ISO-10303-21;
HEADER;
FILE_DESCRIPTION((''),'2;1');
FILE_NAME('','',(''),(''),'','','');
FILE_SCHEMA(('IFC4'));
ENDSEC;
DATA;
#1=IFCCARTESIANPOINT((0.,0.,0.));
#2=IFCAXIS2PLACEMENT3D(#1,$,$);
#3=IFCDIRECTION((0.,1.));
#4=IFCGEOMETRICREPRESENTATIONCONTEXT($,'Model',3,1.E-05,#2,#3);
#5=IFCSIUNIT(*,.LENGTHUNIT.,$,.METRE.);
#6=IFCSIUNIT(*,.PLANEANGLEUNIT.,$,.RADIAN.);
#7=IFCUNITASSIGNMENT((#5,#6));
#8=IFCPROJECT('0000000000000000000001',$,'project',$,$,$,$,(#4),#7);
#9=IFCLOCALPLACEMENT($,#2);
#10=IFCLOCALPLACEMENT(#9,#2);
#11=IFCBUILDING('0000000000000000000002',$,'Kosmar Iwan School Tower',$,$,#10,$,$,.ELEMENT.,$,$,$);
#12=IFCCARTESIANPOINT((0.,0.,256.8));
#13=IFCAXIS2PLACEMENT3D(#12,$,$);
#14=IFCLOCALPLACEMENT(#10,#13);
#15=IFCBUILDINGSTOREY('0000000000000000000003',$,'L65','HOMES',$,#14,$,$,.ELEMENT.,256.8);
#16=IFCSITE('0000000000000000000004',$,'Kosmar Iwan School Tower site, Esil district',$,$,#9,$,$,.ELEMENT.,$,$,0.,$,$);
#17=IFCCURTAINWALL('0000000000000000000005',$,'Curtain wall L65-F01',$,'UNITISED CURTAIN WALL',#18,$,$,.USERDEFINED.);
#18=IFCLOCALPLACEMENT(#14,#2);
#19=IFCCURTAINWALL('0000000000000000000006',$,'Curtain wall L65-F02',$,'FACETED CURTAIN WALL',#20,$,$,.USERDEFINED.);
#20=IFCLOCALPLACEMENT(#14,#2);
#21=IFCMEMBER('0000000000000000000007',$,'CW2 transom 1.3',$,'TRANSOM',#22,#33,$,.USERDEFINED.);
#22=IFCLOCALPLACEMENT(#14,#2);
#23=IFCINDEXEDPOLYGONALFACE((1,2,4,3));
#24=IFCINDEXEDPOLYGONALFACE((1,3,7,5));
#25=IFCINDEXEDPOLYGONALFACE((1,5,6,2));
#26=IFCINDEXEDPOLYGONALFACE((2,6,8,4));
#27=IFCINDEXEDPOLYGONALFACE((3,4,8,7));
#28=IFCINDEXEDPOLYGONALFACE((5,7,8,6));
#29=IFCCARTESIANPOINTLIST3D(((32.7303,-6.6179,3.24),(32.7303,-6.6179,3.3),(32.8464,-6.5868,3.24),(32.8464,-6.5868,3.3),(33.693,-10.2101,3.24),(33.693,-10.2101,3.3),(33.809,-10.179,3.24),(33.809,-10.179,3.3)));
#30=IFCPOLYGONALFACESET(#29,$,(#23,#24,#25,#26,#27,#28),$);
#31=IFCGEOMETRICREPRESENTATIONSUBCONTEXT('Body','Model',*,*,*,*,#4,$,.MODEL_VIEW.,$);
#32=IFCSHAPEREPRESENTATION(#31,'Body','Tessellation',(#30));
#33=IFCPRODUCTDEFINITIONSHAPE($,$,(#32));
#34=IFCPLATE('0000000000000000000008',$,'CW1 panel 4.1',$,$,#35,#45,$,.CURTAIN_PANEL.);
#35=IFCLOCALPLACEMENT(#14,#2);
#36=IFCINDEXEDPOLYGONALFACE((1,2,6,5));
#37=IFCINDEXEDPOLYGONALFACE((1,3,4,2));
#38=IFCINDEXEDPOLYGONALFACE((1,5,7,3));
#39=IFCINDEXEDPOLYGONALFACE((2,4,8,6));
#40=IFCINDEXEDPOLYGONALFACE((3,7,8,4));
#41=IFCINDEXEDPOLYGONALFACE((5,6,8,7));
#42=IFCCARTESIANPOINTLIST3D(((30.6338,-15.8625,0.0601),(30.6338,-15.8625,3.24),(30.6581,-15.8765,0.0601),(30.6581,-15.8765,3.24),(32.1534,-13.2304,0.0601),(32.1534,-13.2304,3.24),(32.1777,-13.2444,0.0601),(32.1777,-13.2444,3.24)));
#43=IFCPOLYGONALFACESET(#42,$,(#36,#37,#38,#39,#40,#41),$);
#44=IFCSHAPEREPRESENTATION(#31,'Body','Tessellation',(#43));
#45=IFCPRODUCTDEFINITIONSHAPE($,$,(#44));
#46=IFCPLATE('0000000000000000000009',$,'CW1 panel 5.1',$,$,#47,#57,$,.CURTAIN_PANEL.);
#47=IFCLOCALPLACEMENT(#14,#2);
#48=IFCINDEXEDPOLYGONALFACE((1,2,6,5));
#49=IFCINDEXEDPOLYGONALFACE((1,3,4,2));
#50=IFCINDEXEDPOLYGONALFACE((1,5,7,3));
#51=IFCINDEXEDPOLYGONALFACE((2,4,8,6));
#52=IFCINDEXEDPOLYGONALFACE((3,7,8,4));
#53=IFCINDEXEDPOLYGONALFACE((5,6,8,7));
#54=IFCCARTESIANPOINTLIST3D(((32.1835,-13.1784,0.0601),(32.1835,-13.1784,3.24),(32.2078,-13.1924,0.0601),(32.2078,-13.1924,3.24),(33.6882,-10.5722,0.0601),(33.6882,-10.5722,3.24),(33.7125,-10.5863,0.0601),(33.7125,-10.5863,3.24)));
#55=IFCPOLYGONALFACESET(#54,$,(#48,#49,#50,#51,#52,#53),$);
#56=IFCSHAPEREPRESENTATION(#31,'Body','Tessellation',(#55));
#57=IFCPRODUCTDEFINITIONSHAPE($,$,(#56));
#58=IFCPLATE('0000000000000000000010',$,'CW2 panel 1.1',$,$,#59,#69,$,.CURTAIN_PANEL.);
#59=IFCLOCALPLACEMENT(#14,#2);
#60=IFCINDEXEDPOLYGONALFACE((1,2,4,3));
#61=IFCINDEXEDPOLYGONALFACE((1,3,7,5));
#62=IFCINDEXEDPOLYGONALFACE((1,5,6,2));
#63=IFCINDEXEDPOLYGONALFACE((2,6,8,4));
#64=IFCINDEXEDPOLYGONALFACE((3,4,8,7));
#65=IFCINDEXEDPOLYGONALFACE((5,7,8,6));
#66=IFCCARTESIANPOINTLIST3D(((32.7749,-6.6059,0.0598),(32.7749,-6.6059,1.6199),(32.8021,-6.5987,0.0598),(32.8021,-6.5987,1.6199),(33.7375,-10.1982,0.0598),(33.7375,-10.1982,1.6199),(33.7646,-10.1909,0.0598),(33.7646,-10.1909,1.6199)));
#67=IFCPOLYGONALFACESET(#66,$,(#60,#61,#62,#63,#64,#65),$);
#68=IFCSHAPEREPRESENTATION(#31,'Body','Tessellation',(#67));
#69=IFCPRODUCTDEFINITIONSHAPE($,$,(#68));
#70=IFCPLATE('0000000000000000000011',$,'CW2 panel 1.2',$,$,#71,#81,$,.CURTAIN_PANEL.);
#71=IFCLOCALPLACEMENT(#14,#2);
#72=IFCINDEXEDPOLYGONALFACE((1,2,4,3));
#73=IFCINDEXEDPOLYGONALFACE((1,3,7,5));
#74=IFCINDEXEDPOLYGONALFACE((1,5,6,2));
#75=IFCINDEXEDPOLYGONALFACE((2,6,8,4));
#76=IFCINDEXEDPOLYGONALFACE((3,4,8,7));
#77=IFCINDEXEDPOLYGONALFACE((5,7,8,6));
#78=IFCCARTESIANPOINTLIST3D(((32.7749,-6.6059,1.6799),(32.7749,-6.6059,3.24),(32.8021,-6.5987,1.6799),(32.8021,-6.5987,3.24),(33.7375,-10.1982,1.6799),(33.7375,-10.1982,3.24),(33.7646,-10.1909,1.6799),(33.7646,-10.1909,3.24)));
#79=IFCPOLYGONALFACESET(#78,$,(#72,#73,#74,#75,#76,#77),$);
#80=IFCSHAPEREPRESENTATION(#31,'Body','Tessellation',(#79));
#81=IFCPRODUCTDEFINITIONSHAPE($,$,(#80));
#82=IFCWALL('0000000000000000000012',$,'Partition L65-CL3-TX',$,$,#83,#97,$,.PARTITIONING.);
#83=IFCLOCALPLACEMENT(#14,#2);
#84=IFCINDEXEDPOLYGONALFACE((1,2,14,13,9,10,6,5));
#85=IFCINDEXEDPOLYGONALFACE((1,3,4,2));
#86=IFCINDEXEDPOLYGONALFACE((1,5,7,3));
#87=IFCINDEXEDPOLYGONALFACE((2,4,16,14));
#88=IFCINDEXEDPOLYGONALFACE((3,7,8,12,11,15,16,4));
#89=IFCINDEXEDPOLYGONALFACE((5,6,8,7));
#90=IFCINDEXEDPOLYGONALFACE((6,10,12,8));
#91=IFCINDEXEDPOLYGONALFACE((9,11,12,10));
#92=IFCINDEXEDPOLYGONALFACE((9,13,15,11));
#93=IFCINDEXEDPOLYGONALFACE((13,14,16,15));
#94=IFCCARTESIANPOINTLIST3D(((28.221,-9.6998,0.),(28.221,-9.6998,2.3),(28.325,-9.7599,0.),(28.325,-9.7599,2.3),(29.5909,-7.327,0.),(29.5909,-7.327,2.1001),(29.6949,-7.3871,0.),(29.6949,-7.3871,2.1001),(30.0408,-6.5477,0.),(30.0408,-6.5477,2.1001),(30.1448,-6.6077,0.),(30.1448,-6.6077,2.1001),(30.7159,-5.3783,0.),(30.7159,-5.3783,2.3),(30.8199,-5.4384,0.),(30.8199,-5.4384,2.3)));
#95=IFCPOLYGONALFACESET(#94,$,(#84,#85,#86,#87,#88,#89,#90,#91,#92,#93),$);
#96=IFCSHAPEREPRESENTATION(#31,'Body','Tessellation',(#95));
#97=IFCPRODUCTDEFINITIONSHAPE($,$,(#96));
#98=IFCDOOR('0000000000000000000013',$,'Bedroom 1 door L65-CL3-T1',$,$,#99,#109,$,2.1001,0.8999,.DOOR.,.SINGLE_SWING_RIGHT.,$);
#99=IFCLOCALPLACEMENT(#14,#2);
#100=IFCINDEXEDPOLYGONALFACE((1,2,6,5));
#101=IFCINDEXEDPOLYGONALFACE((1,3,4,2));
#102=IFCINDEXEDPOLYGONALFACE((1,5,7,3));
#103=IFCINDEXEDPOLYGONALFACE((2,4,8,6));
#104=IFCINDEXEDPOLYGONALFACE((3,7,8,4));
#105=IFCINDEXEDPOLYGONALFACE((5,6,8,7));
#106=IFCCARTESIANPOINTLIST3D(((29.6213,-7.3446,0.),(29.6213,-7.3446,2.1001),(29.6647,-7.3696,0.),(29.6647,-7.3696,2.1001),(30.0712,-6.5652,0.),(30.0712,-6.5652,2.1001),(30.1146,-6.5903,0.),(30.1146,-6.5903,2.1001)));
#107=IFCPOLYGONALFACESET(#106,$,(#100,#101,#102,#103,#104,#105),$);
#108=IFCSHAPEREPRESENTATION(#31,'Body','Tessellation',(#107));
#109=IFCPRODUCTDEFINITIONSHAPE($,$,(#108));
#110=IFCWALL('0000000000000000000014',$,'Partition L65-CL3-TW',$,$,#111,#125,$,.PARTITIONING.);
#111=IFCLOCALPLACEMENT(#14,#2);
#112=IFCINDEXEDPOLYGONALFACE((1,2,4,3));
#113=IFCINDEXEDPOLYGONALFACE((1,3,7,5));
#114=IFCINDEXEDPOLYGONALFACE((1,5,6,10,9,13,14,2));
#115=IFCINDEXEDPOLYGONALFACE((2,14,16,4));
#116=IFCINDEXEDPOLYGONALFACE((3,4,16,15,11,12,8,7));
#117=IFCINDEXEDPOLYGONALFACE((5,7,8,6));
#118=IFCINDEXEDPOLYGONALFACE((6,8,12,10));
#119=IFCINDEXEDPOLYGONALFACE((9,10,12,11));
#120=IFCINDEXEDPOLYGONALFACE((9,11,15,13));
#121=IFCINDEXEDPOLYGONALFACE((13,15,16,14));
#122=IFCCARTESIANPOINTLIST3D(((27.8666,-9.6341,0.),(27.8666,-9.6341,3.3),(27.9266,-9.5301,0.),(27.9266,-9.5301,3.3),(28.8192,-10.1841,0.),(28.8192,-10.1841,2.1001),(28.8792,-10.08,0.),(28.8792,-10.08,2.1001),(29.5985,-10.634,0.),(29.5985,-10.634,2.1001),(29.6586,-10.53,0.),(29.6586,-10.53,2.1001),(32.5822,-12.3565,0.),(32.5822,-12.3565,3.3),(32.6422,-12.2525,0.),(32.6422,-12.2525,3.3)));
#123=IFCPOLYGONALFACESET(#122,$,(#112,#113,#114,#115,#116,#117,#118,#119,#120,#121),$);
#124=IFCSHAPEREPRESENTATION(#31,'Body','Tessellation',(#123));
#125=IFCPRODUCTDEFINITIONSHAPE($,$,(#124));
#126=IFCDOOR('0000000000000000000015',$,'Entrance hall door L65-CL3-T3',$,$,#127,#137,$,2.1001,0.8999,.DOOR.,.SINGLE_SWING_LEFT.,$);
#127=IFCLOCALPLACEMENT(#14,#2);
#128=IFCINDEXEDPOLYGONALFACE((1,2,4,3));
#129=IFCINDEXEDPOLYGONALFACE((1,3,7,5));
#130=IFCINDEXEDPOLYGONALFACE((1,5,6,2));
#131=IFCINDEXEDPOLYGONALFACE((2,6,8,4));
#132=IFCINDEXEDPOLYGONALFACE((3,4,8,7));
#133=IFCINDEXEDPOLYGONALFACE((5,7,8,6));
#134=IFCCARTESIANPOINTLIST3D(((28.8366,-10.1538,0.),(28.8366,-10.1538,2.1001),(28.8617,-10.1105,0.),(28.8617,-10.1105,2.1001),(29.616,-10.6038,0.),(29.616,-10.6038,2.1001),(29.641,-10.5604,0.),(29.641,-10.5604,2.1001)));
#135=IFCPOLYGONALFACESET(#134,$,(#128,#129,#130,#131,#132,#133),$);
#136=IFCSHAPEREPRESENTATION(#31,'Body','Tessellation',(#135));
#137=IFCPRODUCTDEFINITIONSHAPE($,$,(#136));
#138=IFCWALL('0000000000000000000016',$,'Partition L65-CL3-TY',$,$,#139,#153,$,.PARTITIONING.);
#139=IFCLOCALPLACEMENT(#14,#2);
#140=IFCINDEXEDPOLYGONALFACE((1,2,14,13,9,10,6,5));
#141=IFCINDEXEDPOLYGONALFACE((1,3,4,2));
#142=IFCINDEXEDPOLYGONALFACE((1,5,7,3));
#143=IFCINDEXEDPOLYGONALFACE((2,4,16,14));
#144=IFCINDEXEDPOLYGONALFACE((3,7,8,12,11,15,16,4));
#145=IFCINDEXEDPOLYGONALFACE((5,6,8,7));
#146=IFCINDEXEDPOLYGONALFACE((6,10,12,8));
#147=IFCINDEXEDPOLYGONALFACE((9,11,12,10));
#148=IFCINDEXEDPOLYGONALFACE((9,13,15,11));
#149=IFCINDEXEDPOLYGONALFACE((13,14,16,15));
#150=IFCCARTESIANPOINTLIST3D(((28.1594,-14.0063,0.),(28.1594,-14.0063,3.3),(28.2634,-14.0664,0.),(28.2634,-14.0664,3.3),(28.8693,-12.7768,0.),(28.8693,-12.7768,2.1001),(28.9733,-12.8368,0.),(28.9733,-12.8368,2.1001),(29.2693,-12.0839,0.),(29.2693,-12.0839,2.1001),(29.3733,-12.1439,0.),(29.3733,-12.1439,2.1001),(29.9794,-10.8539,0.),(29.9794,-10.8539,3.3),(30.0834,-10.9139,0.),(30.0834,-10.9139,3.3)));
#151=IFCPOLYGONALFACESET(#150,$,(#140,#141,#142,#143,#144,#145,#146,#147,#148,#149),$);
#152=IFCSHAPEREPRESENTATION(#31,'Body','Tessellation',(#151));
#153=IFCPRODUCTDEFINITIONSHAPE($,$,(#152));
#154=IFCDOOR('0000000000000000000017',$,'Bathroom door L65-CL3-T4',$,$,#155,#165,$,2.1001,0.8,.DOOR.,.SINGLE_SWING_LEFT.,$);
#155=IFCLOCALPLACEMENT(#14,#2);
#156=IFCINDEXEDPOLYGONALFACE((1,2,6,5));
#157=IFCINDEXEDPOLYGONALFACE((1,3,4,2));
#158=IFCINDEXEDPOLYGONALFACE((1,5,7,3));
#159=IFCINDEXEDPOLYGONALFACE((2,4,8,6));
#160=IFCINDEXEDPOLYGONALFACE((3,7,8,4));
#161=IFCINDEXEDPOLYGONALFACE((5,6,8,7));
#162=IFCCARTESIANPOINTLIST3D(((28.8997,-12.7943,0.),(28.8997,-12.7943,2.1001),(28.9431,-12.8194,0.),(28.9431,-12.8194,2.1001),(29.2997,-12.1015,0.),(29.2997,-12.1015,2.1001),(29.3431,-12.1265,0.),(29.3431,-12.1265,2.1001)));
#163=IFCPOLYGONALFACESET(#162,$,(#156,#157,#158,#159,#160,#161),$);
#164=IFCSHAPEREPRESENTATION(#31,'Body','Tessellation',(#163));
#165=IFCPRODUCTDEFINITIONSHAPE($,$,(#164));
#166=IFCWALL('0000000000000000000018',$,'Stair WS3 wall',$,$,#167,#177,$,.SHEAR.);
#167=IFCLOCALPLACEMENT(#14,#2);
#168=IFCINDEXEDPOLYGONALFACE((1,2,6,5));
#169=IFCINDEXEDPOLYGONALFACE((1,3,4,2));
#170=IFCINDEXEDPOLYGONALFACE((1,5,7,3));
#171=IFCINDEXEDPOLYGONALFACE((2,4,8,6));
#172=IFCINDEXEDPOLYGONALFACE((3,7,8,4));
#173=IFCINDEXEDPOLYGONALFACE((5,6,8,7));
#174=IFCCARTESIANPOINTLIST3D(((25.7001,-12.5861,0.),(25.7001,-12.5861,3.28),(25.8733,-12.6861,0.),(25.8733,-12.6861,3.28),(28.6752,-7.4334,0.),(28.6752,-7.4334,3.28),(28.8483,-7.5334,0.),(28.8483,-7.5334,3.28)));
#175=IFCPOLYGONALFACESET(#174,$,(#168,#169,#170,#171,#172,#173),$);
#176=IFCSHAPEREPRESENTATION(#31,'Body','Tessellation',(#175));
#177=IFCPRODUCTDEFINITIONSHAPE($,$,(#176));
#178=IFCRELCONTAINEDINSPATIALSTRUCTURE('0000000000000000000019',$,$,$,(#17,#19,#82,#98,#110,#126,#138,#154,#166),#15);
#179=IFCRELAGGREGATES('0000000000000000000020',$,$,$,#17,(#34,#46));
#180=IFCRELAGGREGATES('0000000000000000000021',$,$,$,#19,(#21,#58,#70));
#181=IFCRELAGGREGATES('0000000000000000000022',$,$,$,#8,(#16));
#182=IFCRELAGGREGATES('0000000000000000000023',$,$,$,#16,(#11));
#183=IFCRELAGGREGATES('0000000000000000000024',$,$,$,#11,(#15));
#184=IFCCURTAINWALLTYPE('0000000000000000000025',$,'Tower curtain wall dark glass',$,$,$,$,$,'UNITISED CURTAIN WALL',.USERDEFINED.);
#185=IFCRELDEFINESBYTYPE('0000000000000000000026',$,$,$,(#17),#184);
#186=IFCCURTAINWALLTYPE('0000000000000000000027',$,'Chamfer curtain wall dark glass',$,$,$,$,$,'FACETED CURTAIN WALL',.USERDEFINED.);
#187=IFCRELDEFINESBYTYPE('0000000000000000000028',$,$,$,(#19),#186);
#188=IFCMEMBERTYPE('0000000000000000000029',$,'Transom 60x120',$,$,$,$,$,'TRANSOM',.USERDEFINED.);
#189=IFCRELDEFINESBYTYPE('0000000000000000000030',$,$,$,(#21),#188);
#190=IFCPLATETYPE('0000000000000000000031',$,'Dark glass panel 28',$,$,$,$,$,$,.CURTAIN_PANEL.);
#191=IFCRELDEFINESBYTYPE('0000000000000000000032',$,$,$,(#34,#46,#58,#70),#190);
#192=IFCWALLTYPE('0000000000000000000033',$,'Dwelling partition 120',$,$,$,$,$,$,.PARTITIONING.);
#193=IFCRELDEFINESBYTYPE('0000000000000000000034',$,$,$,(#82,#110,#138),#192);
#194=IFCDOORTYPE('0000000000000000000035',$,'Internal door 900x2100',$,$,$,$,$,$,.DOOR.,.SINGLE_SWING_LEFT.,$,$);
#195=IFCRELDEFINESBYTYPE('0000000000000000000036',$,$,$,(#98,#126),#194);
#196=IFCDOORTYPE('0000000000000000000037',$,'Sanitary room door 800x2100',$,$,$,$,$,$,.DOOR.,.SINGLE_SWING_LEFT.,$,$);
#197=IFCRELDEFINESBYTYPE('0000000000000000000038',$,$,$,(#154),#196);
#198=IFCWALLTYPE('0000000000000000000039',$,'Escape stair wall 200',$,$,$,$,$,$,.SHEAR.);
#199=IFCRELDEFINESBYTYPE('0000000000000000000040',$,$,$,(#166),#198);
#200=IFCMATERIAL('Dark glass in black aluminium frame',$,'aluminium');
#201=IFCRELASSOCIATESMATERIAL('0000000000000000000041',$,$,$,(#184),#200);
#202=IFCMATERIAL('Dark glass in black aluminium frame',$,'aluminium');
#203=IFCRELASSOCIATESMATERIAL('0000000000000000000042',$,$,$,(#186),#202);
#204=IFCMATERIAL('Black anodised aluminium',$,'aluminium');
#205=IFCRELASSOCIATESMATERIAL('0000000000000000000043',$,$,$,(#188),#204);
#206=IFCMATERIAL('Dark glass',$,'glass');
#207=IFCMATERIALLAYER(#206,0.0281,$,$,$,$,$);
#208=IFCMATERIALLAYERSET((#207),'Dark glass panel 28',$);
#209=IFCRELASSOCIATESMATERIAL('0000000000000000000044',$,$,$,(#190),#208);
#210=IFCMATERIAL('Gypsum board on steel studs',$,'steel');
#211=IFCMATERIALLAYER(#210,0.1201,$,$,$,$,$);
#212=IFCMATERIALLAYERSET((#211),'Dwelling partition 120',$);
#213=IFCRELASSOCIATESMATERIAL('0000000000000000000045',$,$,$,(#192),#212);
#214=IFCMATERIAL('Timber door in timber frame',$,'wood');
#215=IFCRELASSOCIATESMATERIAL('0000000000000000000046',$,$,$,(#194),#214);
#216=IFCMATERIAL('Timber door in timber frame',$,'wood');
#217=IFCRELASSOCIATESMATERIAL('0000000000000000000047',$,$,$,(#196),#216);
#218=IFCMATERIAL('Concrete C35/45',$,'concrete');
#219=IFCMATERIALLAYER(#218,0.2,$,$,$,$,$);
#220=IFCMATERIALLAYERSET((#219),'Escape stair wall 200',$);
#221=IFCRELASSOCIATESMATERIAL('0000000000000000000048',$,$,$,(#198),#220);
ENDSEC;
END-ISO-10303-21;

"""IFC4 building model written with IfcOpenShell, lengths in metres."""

from ifc_helpers import new_model, si_unit, direction, frame, frame_2d, origin, origin_2d, place, context, subcontext, project, spatial, rectangle, extrude, material, layer, layer_set, material_profile, profile_set, type_object, element, fill, aggregate, save


model = new_model("IFC4")

# Units and contexts
model_context = context("Model", 3, precision=1e-05, world=origin(), true_north=direction((0.0, 1.0)))
body_context = subcontext(model_context, "Body", "Model", "MODEL_VIEW")
ifc_project = project(units=[si_unit("LENGTHUNIT", "METRE"), si_unit("PLANEANGLEUNIT", "RADIAN")], contexts=[model_context])

# Site, building, storey
site_placement = place(None, origin())
site = spatial("IfcSite", under=ifc_project, at=site_placement, Name="Kosmar Iwan School Tower site, Esil district", CompositionType="ELEMENT", RefElevation=0.0)
building_placement = place(site_placement, origin())
building = spatial("IfcBuilding", under=site, at=building_placement, Name="Kosmar Iwan School Tower", CompositionType="ELEMENT")
storey_placement = place(building_placement, frame((0.0, 0.0, 256.8)))
storey = spatial("IfcBuildingStorey", under=building, at=storey_placement, Name="L65", Description="HOMES", CompositionType="ELEMENT", Elevation=256.8)

# Curtain wall
ifc_material_1 = material(Name="Dark glass in black aluminium frame", Category="aluminium")
curtain_wall_type_1 = type_object("IfcCurtainWallType", Name="Tower curtain wall dark glass", ElementType="UNITISED CURTAIN WALL", PredefinedType="USERDEFINED", material=ifc_material_1)
curtain_wall_1_placement = place(storey_placement, origin())
curtain_wall_1 = element("IfcCurtainWall", 1, at=curtain_wall_1_placement, inside=storey, type_object=curtain_wall_type_1, Name="Curtain wall L65-F01", ObjectType="UNITISED CURTAIN WALL", PredefinedType="USERDEFINED")

# Curtain wall
ifc_material_2 = material(Name="Dark glass in black aluminium frame", Category="aluminium")
curtain_wall_type_2 = type_object("IfcCurtainWallType", Name="Chamfer curtain wall dark glass", ElementType="FACETED CURTAIN WALL", PredefinedType="USERDEFINED", material=ifc_material_2)
curtain_wall_2_placement = place(storey_placement, origin())
curtain_wall_2 = element("IfcCurtainWall", 2, at=curtain_wall_2_placement, inside=storey, type_object=curtain_wall_type_2, Name="Curtain wall L65-F02", ObjectType="FACETED CURTAIN WALL", PredefinedType="USERDEFINED")

# Member
ifc_material_3 = material(Name="Black anodised aluminium", Category="aluminium")
ifc_material_profile_1 = material_profile(ifc_material_3, rectangle(XDim=0.1201, YDim=0.0601, at=origin_2d()), Name="TRANSOM 60x120")
ifc_profile_set_1 = profile_set([ifc_material_profile_1], Name="Black anodised aluminium")
member_type_1 = type_object("IfcMemberType", Name="Transom 60x120", ElementType="TRANSOM", PredefinedType="USERDEFINED", material=ifc_profile_set_1)
member_1_placement = place(storey_placement, frame((33.751, -10.1946, 3.27), z_axis=(-0.258843, 0.965919, 0.0), x_axis=(-0.965919, -0.258843, 0.0)))
member_1 = element("IfcMember", 3, at=member_1_placement, type_object=member_type_1, Name="CW2 transom 1.3", ObjectType="TRANSOM", PredefinedType="USERDEFINED", context=body_context, shape_type="SweptSolid", body=[
    extrude(rectangle(XDim=0.1201, YDim=0.0601, at=origin_2d()), origin(), (0.0, 0.0, 1.0), 3.719),
])

# Plates
ifc_material_4 = material(Name="Dark glass", Category="glass")
ifc_layer_1 = layer(ifc_material_4, 0.0281)
ifc_layer_set_1 = layer_set([ifc_layer_1], Name="Dark glass panel 28")
plate_type = type_object("IfcPlateType", Name="Dark glass panel 28", PredefinedType="CURTAIN_PANEL", material=ifc_layer_set_1)
plate_1_placement = place(storey_placement, frame((31.4058, -14.5535, 0.0601), z_axis=(0.0, 0.0, 1.0), x_axis=(0.5, 0.866025, 0.0)))
plate_1 = element("IfcPlate", 4, at=plate_1_placement, type_object=plate_type, Name="CW1 panel 4.1", PredefinedType="CURTAIN_PANEL", context=body_context, shape_type="SweptSolid", body=[
    extrude(rectangle(XDim=3.0393, YDim=0.0281, at=origin_2d()), origin(), (0.0, 0.0, 1.0), 3.1799),
])
plate_2_placement = place(storey_placement, frame((32.948, -11.8823, 0.0601), z_axis=(0.0, 0.0, 1.0), x_axis=(0.5, 0.866025, 0.0)))
plate_2 = element("IfcPlate", 5, at=plate_2_placement, type_object=plate_type, Name="CW1 panel 5.1", PredefinedType="CURTAIN_PANEL", context=body_context, shape_type="SweptSolid", body=[
    extrude(rectangle(XDim=3.0093, YDim=0.0281, at=origin_2d()), origin(), (0.0, 0.0, 1.0), 3.1799),
])
aggregate(curtain_wall_1, [plate_1, plate_2])
plate_3_placement = place(storey_placement, frame((33.2698, -8.3984, 0.0598), z_axis=(0.0, 0.0, 1.0), x_axis=(-0.258819, 0.965926, 0.0)))
plate_3 = element("IfcPlate", 6, at=plate_3_placement, type_object=plate_type, Name="CW2 panel 1.1", PredefinedType="CURTAIN_PANEL", context=body_context, shape_type="SweptSolid", body=[
    extrude(rectangle(XDim=3.719, YDim=0.0281, at=origin_2d()), origin(), (0.0, 0.0, 1.0), 1.5601),
])
plate_4_placement = place(storey_placement, frame((33.2698, -8.3984, 1.6799), z_axis=(0.0, 0.0, 1.0), x_axis=(-0.258819, 0.965926, 0.0)))
plate_4 = element("IfcPlate", 7, at=plate_4_placement, type_object=plate_type, Name="CW2 panel 1.2", PredefinedType="CURTAIN_PANEL", context=body_context, shape_type="SweptSolid", body=[
    extrude(rectangle(XDim=3.719, YDim=0.0281, at=origin_2d()), origin(), (0.0, 0.0, 1.0), 1.5601),
])
aggregate(curtain_wall_2, [member_1, plate_3, plate_4])

# Walls, openings, doors
ifc_material_5 = material(Name="Gypsum board on steel studs", Category="steel")
ifc_layer_2 = layer(ifc_material_5, 0.1201)
ifc_layer_set_2 = layer_set([ifc_layer_2], Name="Dwelling partition 120")
wall_type_1 = type_object("IfcWallType", Name="Dwelling partition 120", PredefinedType="PARTITIONING", material=ifc_layer_set_2)
wall_1_placement = place(storey_placement, frame((28.2729, -9.73, 0.0), z_axis=(0.0, 0.0, 1.0), x_axis=(0.499975, 0.86604, 0.0)))
wall_1 = element("IfcWall", 8, at=wall_1_placement, inside=storey, type_object=wall_type_1, Name="Partition L65-CL3-TX", PredefinedType="PARTITIONING", context=body_context, shape_type="SweptSolid", body=[
    extrude(rectangle(XDim=4.99, YDim=0.1201, at=frame_2d((2.4951, 0.0))), origin(), (0.0, 0.0, 1.0), 2.3),
])
opening_1_placement = place(wall_1_placement, frame((2.74, 0.0, 0.0)))
opening_1 = element("IfcOpeningElement", 9, at=opening_1_placement, cuts=wall_1, PredefinedType="OPENING", context=body_context, shape_type="SweptSolid", body=[
    extrude(rectangle(XDim=0.8999, YDim=2.1001, at=frame_2d((0.45, 1.05))), frame((0.0, 0.072, 0.0), z_axis=(0.0, -1.0, 0.0), x_axis=(1.0, 0.0, 0.0)), (0.0, 0.0, 1.0), 0.144),
])
ifc_material_6 = material(Name="Timber door in timber frame", Category="wood")
door_type_1 = type_object("IfcDoorType", Name="Internal door 900x2100", OperationType="SINGLE_SWING_LEFT", PredefinedType="DOOR", material=ifc_material_6)
door_1_placement = place(opening_1_placement, origin())
door_1 = element("IfcDoor", 10, at=door_1_placement, inside=storey, type_object=door_type_1, Name="Bedroom 1 door L65-CL3-T1", OperationType="SINGLE_SWING_RIGHT", OverallHeight=2.1001, OverallWidth=0.8999, PredefinedType="DOOR", context=body_context, shape_type="SweptSolid", body=[
    extrude(rectangle(XDim=0.8999, YDim=2.1001, at=frame_2d((0.45, 1.05))), frame((0.0, 0.0249, 0.0), z_axis=(0.0, -1.0, 0.0), x_axis=(1.0, 0.0, 0.0)), (0.0, 0.0, 1.0), 0.05),
])
fill(opening_1, door_1)
wall_2_placement = place(storey_placement, frame((27.8965, -9.582, 0.0), z_axis=(0.0, 0.0, 1.0), x_axis=(0.866036, -0.499982, 0.0)))
wall_2 = element("IfcWall", 11, at=wall_2_placement, inside=storey, type_object=wall_type_1, Name="Partition L65-CL3-TW", PredefinedType="PARTITIONING", context=body_context, shape_type="SweptSolid", body=[
    extrude(rectangle(XDim=5.4451, YDim=0.1201, at=frame_2d((2.7227, 0.0))), origin(), (0.0, 0.0, 1.0), 3.3),
])
opening_2_placement = place(wall_2_placement, frame((1.1001, 0.0, 0.0)))
opening_2 = element("IfcOpeningElement", 12, at=opening_2_placement, cuts=wall_2, PredefinedType="OPENING", context=body_context, shape_type="SweptSolid", body=[
    extrude(rectangle(XDim=0.8999, YDim=2.1001, at=frame_2d((0.45, 1.05))), frame((0.0, 0.072, 0.0), z_axis=(0.0, -1.0, 0.0), x_axis=(1.0, 0.0, 0.0)), (0.0, 0.0, 1.0), 0.144),
])
door_2_placement = place(opening_2_placement, origin())
door_2 = element("IfcDoor", 13, at=door_2_placement, inside=storey, type_object=door_type_1, Name="Entrance hall door L65-CL3-T3", OperationType="SINGLE_SWING_LEFT", OverallHeight=2.1001, OverallWidth=0.8999, PredefinedType="DOOR", context=body_context, shape_type="SweptSolid", body=[
    extrude(rectangle(XDim=0.8999, YDim=2.1001, at=frame_2d((0.45, 1.05))), frame((0.0, 0.0249, 0.0), z_axis=(0.0, -1.0, 0.0), x_axis=(1.0, 0.0, 0.0)), (0.0, 0.0, 1.0), 0.05),
])
fill(opening_2, door_2)
wall_3_placement = place(storey_placement, frame((28.2114, -14.0364, 0.0), z_axis=(0.0, 0.0, 1.0), x_axis=(0.499984, 0.866035, 0.0)))
wall_3 = element("IfcWall", 14, at=wall_3_placement, inside=storey, type_object=wall_type_1, Name="Partition L65-CL3-TY", PredefinedType="PARTITIONING", context=body_context, shape_type="SweptSolid", body=[
    extrude(rectangle(XDim=3.6401, YDim=0.1201, at=frame_2d((1.8201, 0.0))), origin(), (0.0, 0.0, 1.0), 3.3),
])
opening_3_placement = place(wall_3_placement, frame((1.4199, 0.0, 0.0)))
opening_3 = element("IfcOpeningElement", 15, at=opening_3_placement, cuts=wall_3, PredefinedType="OPENING", context=body_context, shape_type="SweptSolid", body=[
    extrude(rectangle(XDim=0.8, YDim=2.1001, at=frame_2d((0.3999, 1.05))), frame((0.0, 0.072, 0.0), z_axis=(0.0, -1.0, 0.0), x_axis=(1.0, 0.0, 0.0)), (0.0, 0.0, 1.0), 0.144),
])
ifc_material_7 = material(Name="Timber door in timber frame", Category="wood")
door_type_2 = type_object("IfcDoorType", Name="Sanitary room door 800x2100", OperationType="SINGLE_SWING_LEFT", PredefinedType="DOOR", material=ifc_material_7)
door_3_placement = place(opening_3_placement, origin())
door_3 = element("IfcDoor", 16, at=door_3_placement, inside=storey, type_object=door_type_2, Name="Bathroom door L65-CL3-T4", OperationType="SINGLE_SWING_LEFT", OverallHeight=2.1001, OverallWidth=0.8, PredefinedType="DOOR", context=body_context, shape_type="SweptSolid", body=[
    extrude(rectangle(XDim=0.8, YDim=2.1001, at=frame_2d((0.3999, 1.05))), frame((0.0, 0.0249, 0.0), z_axis=(0.0, -1.0, 0.0), x_axis=(1.0, 0.0, 0.0)), (0.0, 0.0, 1.0), 0.05),
])
fill(opening_3, door_3)

# Wall
ifc_material_8 = material(Name="Concrete C35/45", Category="concrete")
ifc_layer_3 = layer(ifc_material_8, 0.2)
ifc_layer_set_3 = layer_set([ifc_layer_3], Name="Escape stair wall 200")
wall_type_2 = type_object("IfcWallType", Name="Escape stair wall 200", PredefinedType="SHEAR", material=ifc_layer_set_3)
wall_4_placement = place(storey_placement, frame((25.7866, -12.6362, 0.0), z_axis=(0.0, 0.0, 1.0), x_axis=(0.500014, 0.866017, 0.0)))
element("IfcWall", 17, at=wall_4_placement, inside=storey, type_object=wall_type_2, Name="Stair WS3 wall", PredefinedType="SHEAR", context=body_context, shape_type="SweptSolid", body=[
    extrude(rectangle(XDim=5.95, YDim=0.2, at=frame_2d((2.9751, 0.0))), origin(), (0.0, 0.0, 1.0), 3.28),
])

save(model, "model.ifc")
